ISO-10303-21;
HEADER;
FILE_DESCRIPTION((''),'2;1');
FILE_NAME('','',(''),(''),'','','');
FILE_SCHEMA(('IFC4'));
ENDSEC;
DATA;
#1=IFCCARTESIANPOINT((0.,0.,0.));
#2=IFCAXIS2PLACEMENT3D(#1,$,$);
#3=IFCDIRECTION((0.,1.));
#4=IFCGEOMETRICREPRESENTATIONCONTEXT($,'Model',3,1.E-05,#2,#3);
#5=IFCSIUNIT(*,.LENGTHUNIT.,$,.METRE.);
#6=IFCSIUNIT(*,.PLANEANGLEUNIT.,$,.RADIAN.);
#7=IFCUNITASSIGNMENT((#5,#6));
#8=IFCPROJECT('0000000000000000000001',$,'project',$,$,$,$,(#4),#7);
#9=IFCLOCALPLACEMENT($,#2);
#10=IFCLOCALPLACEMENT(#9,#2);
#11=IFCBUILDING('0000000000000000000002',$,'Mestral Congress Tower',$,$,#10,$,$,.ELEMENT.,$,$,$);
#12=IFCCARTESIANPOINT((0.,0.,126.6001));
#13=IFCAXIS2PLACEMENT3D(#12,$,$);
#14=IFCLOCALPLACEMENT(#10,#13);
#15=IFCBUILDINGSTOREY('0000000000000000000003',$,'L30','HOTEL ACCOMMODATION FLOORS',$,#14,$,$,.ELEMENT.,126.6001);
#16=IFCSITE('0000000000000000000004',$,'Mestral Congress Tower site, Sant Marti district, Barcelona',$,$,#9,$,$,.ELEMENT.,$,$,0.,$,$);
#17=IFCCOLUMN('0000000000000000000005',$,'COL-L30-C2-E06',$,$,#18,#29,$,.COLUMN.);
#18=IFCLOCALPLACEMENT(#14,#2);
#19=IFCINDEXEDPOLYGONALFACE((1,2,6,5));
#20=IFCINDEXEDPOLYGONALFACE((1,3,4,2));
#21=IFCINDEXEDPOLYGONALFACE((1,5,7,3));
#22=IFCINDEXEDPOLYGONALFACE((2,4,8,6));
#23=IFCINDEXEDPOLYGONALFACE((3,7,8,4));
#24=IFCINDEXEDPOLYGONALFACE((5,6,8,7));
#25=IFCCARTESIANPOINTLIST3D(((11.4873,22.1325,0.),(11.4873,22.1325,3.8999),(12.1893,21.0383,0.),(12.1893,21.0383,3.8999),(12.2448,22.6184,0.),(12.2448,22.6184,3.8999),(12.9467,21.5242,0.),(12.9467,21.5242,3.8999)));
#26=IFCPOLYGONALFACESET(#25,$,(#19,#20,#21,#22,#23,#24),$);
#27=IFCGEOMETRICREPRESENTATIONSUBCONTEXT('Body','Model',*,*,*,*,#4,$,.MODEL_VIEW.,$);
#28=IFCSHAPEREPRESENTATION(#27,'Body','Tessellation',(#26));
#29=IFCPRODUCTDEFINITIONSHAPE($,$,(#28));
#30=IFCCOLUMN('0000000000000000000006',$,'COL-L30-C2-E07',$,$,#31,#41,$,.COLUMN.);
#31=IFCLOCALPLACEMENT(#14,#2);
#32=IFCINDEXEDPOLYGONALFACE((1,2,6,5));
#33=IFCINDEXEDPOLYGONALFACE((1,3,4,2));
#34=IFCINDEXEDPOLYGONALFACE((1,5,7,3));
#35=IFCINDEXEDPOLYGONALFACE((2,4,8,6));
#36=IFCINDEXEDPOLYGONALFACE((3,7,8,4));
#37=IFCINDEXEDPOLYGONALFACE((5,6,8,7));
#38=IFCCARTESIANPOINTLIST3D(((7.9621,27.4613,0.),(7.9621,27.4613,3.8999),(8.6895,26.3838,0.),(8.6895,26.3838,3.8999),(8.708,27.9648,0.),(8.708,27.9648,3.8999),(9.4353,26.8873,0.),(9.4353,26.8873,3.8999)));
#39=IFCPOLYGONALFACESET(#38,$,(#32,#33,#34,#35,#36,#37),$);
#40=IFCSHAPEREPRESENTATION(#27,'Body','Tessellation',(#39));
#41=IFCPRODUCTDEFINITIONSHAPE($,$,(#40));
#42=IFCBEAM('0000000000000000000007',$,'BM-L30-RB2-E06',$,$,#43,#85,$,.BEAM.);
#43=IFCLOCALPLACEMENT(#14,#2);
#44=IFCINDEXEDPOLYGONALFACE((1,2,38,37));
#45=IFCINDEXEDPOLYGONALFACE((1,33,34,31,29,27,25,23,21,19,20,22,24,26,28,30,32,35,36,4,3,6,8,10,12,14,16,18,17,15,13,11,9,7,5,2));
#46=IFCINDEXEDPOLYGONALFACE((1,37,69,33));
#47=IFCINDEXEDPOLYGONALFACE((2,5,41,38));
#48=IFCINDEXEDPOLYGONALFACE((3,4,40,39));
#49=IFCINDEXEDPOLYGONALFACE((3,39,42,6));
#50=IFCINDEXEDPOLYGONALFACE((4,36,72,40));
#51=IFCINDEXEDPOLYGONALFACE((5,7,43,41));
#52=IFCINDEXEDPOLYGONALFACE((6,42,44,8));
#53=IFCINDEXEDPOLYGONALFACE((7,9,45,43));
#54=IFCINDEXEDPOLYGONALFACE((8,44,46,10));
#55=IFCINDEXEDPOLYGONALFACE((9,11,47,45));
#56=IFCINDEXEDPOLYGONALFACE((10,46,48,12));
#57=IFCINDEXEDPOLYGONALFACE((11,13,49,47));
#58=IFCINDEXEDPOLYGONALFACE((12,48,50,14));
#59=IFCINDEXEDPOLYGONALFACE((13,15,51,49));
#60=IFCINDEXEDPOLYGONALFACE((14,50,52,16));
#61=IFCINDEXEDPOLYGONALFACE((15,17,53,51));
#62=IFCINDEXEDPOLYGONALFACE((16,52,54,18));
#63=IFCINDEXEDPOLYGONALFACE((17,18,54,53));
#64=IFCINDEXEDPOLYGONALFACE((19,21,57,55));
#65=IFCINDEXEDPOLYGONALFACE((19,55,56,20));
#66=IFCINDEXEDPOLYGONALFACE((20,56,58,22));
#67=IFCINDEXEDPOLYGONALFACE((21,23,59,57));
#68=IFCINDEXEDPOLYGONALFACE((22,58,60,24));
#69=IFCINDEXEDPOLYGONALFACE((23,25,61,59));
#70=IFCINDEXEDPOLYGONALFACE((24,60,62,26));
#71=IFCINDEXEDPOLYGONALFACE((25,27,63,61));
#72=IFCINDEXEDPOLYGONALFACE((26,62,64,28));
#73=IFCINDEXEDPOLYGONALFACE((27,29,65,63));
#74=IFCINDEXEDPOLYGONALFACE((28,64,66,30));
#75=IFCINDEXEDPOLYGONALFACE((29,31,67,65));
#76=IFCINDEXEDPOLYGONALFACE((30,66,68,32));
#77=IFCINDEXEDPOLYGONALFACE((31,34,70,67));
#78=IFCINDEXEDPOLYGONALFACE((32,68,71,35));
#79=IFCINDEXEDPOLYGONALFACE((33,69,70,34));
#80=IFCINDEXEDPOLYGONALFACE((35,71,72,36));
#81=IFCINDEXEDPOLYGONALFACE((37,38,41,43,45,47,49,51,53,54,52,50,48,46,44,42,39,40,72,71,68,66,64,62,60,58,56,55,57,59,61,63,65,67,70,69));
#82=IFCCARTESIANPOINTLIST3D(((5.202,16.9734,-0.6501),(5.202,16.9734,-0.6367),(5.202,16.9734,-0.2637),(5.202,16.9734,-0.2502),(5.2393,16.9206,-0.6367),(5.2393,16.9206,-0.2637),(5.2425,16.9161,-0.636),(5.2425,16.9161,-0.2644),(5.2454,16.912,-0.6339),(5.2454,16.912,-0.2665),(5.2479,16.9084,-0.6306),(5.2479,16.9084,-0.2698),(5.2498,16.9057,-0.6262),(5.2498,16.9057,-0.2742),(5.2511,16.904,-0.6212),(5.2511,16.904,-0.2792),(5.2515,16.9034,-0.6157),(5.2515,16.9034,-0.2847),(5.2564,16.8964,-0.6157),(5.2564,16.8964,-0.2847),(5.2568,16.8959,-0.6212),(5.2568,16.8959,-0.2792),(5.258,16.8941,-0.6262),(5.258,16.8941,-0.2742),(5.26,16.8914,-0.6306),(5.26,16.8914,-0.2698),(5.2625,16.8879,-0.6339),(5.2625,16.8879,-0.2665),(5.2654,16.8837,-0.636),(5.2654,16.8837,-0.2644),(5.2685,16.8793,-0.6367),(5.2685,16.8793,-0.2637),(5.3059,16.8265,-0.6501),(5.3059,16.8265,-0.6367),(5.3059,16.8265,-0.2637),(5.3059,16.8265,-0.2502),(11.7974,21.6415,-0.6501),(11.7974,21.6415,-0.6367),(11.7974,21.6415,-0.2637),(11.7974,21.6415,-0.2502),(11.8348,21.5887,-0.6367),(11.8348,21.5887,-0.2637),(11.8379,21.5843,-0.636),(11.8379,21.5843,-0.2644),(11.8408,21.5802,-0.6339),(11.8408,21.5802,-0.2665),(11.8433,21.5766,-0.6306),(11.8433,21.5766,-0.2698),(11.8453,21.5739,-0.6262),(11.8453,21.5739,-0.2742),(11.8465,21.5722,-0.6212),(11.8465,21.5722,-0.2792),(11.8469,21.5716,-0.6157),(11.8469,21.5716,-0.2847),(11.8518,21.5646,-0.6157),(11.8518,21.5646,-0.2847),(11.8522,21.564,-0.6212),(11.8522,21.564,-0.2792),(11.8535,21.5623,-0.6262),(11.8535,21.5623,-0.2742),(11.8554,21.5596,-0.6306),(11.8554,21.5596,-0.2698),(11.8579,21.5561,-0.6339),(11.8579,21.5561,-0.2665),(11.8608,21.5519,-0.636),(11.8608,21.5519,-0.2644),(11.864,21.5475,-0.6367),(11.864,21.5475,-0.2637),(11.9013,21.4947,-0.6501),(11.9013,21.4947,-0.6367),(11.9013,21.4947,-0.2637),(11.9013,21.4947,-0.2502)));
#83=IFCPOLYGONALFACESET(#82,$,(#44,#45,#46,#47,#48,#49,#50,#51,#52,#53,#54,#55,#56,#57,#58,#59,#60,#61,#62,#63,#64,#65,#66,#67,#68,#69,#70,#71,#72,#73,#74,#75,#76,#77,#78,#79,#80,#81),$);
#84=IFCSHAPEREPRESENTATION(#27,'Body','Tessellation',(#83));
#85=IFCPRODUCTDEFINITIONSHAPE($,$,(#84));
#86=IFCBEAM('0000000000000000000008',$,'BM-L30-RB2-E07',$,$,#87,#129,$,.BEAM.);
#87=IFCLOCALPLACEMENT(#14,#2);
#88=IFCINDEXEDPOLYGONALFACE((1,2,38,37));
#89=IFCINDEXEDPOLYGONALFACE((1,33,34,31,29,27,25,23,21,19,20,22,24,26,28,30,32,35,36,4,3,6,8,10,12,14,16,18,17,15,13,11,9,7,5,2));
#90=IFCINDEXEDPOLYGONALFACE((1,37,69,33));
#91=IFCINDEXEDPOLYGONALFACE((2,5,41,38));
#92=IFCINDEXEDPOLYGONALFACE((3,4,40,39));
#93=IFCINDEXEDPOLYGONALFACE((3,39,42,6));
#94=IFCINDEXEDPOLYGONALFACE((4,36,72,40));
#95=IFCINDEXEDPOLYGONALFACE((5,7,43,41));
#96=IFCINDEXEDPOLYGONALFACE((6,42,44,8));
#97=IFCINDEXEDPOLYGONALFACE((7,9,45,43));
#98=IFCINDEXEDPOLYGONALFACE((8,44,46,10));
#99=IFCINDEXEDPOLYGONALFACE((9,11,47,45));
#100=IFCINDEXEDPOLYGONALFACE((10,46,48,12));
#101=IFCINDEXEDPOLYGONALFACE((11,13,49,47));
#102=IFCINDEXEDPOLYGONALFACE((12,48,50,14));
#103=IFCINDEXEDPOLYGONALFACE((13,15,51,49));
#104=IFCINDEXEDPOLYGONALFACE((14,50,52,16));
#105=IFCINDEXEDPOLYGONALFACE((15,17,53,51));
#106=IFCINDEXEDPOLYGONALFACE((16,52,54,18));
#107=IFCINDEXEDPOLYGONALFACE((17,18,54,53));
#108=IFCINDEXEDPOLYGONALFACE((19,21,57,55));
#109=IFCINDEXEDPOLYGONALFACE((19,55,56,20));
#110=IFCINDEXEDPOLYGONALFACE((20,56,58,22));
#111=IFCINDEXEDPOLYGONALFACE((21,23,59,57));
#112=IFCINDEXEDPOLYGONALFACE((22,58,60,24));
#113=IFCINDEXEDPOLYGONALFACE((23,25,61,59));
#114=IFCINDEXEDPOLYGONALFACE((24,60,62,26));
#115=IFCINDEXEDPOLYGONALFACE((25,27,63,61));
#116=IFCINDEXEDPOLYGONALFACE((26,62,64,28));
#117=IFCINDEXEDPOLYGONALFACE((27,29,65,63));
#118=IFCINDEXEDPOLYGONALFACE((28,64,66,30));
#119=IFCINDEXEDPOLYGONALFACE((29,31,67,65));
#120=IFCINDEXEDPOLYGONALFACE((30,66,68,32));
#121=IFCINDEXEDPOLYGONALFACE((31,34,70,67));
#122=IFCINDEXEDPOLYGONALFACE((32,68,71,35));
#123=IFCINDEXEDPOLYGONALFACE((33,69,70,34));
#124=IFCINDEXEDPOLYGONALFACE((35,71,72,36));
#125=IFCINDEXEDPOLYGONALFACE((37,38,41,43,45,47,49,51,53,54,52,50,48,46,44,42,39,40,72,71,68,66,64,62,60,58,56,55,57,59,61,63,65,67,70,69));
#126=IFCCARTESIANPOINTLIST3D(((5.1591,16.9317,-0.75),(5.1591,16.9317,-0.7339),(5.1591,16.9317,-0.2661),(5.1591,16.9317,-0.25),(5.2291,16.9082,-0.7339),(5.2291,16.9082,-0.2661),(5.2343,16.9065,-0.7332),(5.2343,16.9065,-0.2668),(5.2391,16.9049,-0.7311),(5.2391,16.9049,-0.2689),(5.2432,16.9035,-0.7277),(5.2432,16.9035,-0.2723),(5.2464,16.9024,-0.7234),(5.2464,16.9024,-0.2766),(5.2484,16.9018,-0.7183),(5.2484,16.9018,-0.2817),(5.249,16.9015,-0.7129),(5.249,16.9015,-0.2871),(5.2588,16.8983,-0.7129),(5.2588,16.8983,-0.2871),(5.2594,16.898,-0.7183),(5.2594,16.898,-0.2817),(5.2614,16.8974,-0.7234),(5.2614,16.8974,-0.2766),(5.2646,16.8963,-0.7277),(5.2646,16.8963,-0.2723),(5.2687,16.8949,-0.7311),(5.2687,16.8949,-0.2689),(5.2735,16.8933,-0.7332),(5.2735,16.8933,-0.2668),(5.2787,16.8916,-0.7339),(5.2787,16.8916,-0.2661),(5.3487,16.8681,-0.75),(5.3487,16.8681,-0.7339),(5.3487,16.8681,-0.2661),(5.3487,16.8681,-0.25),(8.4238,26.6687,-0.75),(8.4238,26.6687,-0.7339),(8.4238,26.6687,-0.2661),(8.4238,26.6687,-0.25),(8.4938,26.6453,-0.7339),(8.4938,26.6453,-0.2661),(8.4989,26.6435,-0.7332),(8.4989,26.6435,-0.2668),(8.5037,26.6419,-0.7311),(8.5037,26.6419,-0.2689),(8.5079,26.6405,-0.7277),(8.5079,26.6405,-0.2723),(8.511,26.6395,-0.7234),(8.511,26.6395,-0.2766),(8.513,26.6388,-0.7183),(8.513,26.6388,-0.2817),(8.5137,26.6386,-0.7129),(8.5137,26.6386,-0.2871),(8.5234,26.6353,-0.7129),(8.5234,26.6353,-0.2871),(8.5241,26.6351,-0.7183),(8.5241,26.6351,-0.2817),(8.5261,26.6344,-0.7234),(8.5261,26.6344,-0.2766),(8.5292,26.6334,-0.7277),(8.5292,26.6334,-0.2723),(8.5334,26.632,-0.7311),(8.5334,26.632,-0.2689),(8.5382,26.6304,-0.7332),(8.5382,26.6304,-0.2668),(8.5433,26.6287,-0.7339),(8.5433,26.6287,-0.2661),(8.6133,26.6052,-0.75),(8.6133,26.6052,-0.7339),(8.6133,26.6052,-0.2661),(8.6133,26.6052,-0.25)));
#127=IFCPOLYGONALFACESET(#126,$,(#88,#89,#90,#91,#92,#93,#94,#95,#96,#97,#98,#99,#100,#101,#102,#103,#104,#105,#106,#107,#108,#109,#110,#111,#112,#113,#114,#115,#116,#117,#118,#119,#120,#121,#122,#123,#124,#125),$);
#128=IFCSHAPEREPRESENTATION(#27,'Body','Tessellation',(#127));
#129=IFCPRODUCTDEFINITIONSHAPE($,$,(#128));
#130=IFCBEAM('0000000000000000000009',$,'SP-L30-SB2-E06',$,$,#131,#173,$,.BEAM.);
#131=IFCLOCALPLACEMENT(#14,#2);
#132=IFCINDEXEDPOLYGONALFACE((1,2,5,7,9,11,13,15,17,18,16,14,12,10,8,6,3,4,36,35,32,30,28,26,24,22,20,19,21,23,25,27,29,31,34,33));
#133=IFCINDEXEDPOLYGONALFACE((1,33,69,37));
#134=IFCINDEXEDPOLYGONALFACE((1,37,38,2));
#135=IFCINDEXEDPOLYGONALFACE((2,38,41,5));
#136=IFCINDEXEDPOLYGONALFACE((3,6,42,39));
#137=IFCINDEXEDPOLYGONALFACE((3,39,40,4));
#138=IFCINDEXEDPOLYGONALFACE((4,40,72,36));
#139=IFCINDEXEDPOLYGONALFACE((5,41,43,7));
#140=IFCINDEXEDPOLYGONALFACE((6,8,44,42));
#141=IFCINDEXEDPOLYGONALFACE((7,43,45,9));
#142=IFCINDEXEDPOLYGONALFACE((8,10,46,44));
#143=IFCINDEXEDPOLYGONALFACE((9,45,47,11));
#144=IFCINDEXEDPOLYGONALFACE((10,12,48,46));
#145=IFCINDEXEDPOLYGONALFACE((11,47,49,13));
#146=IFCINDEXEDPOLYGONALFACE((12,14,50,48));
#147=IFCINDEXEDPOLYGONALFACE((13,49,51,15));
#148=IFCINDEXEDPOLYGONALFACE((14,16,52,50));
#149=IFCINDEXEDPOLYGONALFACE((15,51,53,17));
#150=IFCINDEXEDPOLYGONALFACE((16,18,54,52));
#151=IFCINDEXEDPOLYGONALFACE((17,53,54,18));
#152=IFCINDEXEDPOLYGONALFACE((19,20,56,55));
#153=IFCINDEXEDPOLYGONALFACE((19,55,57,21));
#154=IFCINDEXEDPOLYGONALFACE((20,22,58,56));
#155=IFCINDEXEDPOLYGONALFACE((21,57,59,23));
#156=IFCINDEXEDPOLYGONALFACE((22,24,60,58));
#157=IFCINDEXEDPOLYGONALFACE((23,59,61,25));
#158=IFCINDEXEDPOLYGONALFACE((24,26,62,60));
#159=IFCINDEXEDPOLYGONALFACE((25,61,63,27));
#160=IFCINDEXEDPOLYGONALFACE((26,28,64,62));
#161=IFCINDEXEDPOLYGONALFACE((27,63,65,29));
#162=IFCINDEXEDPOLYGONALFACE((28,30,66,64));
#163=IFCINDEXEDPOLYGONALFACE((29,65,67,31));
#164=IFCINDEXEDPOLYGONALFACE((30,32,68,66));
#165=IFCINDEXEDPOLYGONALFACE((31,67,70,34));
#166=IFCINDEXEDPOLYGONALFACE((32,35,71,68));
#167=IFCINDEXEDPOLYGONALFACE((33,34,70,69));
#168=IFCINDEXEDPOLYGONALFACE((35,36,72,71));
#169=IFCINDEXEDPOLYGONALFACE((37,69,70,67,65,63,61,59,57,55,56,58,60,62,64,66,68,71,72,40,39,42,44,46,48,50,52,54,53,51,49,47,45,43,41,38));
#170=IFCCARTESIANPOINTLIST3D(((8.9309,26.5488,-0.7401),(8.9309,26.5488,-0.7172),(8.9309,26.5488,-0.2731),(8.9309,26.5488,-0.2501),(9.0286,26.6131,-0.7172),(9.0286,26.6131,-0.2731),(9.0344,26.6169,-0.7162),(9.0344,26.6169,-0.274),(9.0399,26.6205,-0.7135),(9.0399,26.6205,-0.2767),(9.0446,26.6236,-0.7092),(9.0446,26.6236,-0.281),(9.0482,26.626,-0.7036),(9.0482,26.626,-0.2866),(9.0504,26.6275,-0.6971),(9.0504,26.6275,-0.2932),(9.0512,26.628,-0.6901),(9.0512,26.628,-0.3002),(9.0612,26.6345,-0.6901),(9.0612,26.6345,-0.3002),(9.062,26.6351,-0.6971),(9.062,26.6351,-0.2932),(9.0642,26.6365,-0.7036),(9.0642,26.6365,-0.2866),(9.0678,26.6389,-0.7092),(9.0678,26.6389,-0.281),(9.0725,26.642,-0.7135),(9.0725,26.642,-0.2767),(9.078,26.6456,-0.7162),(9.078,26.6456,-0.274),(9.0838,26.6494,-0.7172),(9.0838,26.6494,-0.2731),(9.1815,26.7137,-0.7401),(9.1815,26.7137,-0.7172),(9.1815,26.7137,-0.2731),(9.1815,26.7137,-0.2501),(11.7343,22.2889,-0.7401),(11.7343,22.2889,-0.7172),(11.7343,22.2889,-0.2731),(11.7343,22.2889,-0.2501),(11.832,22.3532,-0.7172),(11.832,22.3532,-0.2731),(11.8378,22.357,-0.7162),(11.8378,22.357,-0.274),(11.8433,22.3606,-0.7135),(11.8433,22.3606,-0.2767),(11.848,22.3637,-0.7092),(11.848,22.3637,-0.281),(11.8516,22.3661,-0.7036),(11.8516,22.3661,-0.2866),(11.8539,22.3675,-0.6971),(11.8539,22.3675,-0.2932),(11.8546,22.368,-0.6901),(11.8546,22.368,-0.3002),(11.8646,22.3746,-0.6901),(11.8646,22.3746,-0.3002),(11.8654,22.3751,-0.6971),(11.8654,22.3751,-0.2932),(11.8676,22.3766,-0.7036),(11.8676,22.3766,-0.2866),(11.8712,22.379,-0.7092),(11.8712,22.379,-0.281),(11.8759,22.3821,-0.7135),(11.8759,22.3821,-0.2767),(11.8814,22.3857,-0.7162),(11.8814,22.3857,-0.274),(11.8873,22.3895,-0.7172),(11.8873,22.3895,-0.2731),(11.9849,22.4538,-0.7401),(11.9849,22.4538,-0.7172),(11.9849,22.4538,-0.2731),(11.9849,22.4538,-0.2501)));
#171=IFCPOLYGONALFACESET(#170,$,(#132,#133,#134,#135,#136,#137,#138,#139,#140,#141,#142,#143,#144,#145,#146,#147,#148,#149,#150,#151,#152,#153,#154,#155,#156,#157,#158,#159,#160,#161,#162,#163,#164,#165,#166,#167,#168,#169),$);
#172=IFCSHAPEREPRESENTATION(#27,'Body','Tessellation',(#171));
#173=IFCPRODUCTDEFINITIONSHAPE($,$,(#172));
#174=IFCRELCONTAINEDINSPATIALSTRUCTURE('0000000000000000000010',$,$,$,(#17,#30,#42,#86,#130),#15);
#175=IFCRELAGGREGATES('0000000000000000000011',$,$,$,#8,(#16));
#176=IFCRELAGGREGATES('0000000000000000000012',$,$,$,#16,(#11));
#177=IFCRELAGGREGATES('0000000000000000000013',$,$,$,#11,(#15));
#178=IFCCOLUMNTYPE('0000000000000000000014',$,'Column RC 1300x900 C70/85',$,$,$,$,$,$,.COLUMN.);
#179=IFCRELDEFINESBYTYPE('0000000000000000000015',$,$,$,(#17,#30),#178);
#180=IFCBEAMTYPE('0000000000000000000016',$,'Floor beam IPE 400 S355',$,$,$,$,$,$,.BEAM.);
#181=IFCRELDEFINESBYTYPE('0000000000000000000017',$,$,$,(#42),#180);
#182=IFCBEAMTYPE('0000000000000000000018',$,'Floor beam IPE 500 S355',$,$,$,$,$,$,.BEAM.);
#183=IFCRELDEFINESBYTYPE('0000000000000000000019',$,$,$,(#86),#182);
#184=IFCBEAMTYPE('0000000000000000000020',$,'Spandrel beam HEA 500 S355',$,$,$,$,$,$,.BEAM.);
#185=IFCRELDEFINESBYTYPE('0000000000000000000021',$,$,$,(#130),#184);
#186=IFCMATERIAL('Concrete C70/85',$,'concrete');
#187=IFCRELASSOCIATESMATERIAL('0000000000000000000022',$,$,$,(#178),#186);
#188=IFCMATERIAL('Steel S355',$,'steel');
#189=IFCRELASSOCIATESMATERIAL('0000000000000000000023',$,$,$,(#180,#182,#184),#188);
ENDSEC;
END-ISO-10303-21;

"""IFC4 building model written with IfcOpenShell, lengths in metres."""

from ifc_helpers import new_model, si_unit, direction, frame, origin, origin_2d, place, context, subcontext, project, spatial, rectangle, i_section, extrude, material, material_profile, profile_set, type_object, element, save


model = new_model("IFC4")

# Units and contexts
model_context = context("Model", 3, precision=1e-05, world=origin(), true_north=direction((0.0, 1.0)))
body_context = subcontext(model_context, "Body", "Model", "MODEL_VIEW")
ifc_project = project(units=[si_unit("LENGTHUNIT", "METRE"), si_unit("PLANEANGLEUNIT", "RADIAN")], contexts=[model_context])

# Site, building, storey
site_placement = place(None, origin())
site = spatial("IfcSite", under=ifc_project, at=site_placement, Name="Mestral Congress Tower site, Sant Marti district, Barcelona", CompositionType="ELEMENT", RefElevation=0.0)
building_placement = place(site_placement, origin())
building = spatial("IfcBuilding", under=site, at=building_placement, Name="Mestral Congress Tower", CompositionType="ELEMENT")
storey_placement = place(building_placement, frame((0.0, 0.0, 126.6001)))
storey = spatial("IfcBuildingStorey", under=building, at=storey_placement, Name="L30", Description="HOTEL ACCOMMODATION FLOORS", CompositionType="ELEMENT", Elevation=126.6001)

# Columns
ifc_material_1 = material(Name="Concrete C70/85", Category="concrete")
ifc_material_profile_1 = material_profile(ifc_material_1, rectangle(XDim=1.3, YDim=0.8999, at=origin_2d()), Name="RC 1300x900")
ifc_profile_set_1 = profile_set([ifc_material_profile_1], Name="Concrete C70/85")
column_type = type_object("IfcColumnType", Name="Column RC 1300x900 C70/85", PredefinedType="COLUMN", material=ifc_profile_set_1)
for number, where, z_axis, x_axis, name in (
    (1, (12.217, 21.8284, 0.0), (0.0, 0.0, 1.0), (-0.539945, 0.8417, 0.0), "COL-L30-C2-E06"),
    (2, (8.6987, 27.1743, 0.0), (0.0, 0.0, 1.0), (-0.559479, 0.828844, 0.0), "COL-L30-C2-E07"),
):
    element("IfcColumn", number, at=place(storey_placement, frame(where, z_axis=z_axis, x_axis=x_axis)), inside=storey, type_object=column_type, Name=name, PredefinedType="COLUMN", context=body_context, shape_type="SweptSolid", body=[
        extrude(rectangle(XDim=1.3, YDim=0.8999, at=origin_2d()), origin(), (0.0, 0.0, 1.0), 3.8999),
    ])

# Beams
ifc_material_2 = material(Name="Steel S355", Category="steel")
ifc_material_profile_2 = material_profile(ifc_material_2, i_section(OverallWidth=0.1799, OverallDepth=0.3999, WebThickness=0.0085, FlangeThickness=0.0134, FilletRadius=0.021, at=origin_2d()), Name="IPE 400")
ifc_profile_set_2 = profile_set([ifc_material_profile_2], Name="Steel S355")
beam_type_1 = type_object("IfcBeamType", Name="Floor beam IPE 400 S355", PredefinedType="BEAM", material=ifc_profile_set_2)
beam_1_placement = place(storey_placement, frame((11.8494, 21.5681, -0.4502), z_axis=(-0.816233, -0.577723, 0.0), x_axis=(0.577723, -0.816233, 0.0)))
element("IfcBeam", 3, at=beam_1_placement, inside=storey, type_object=beam_type_1, Name="BM-L30-RB2-E06", PredefinedType="BEAM", context=body_context, shape_type="SweptSolid", body=[
    extrude(i_section(OverallWidth=0.1799, OverallDepth=0.3999, WebThickness=0.0085, FlangeThickness=0.0134, FilletRadius=0.021, at=origin_2d()), origin(), (0.0, 0.0, 1.0), 8.0803),
])
ifc_material_profile_3 = material_profile(ifc_material_2, i_section(OverallWidth=0.2, OverallDepth=0.5, WebThickness=0.0103, FlangeThickness=0.0161, FilletRadius=0.021, at=origin_2d()), Name="IPE 500")
ifc_profile_set_3 = profile_set([ifc_material_profile_3], Name="Steel S355")
beam_type_2 = type_object("IfcBeamType", Name="Floor beam IPE 500 S355", PredefinedType="BEAM", material=ifc_profile_set_3)
beam_2_placement = place(storey_placement, frame((8.5186, 26.637, -0.5), z_axis=(-0.317889, -0.948128, 0.0), x_axis=(0.948128, -0.317889, 0.0)))
element("IfcBeam", 4, at=beam_2_placement, inside=storey, type_object=beam_type_2, Name="BM-L30-RB2-E07", PredefinedType="BEAM", context=body_context, shape_type="SweptSolid", body=[
    extrude(i_section(OverallWidth=0.2, OverallDepth=0.5, WebThickness=0.0103, FlangeThickness=0.0161, FilletRadius=0.021, at=origin_2d()), origin(), (0.0, 0.0, 1.0), 10.2698),
])
ifc_material_profile_4 = material_profile(ifc_material_2, i_section(OverallWidth=0.3, OverallDepth=0.49, WebThickness=0.012, FlangeThickness=0.0229, FilletRadius=0.0271, at=origin_2d()), Name="HEA 500")
ifc_profile_set_4 = profile_set([ifc_material_profile_4], Name="Steel S355")
beam_type_3 = type_object("IfcBeamType", Name="Spandrel beam HEA 500 S355", PredefinedType="BEAM", material=ifc_profile_set_4)
beam_3_placement = place(storey_placement, frame((11.8596, 22.3713, -0.4951), z_axis=(-0.54973, 0.835342, 0.0), x_axis=(-0.835342, -0.54973, 0.0)))
element("IfcBeam", 5, at=beam_3_placement, inside=storey, type_object=beam_type_3, Name="SP-L30-SB2-E06", PredefinedType="BEAM", context=body_context, shape_type="SweptSolid", body=[
    extrude(i_section(OverallWidth=0.3, OverallDepth=0.49, WebThickness=0.012, FlangeThickness=0.0229, FilletRadius=0.0271, at=origin_2d()), origin(), (0.0, 0.0, 1.0), 5.0996),
])

save(model, "model.ifc")
